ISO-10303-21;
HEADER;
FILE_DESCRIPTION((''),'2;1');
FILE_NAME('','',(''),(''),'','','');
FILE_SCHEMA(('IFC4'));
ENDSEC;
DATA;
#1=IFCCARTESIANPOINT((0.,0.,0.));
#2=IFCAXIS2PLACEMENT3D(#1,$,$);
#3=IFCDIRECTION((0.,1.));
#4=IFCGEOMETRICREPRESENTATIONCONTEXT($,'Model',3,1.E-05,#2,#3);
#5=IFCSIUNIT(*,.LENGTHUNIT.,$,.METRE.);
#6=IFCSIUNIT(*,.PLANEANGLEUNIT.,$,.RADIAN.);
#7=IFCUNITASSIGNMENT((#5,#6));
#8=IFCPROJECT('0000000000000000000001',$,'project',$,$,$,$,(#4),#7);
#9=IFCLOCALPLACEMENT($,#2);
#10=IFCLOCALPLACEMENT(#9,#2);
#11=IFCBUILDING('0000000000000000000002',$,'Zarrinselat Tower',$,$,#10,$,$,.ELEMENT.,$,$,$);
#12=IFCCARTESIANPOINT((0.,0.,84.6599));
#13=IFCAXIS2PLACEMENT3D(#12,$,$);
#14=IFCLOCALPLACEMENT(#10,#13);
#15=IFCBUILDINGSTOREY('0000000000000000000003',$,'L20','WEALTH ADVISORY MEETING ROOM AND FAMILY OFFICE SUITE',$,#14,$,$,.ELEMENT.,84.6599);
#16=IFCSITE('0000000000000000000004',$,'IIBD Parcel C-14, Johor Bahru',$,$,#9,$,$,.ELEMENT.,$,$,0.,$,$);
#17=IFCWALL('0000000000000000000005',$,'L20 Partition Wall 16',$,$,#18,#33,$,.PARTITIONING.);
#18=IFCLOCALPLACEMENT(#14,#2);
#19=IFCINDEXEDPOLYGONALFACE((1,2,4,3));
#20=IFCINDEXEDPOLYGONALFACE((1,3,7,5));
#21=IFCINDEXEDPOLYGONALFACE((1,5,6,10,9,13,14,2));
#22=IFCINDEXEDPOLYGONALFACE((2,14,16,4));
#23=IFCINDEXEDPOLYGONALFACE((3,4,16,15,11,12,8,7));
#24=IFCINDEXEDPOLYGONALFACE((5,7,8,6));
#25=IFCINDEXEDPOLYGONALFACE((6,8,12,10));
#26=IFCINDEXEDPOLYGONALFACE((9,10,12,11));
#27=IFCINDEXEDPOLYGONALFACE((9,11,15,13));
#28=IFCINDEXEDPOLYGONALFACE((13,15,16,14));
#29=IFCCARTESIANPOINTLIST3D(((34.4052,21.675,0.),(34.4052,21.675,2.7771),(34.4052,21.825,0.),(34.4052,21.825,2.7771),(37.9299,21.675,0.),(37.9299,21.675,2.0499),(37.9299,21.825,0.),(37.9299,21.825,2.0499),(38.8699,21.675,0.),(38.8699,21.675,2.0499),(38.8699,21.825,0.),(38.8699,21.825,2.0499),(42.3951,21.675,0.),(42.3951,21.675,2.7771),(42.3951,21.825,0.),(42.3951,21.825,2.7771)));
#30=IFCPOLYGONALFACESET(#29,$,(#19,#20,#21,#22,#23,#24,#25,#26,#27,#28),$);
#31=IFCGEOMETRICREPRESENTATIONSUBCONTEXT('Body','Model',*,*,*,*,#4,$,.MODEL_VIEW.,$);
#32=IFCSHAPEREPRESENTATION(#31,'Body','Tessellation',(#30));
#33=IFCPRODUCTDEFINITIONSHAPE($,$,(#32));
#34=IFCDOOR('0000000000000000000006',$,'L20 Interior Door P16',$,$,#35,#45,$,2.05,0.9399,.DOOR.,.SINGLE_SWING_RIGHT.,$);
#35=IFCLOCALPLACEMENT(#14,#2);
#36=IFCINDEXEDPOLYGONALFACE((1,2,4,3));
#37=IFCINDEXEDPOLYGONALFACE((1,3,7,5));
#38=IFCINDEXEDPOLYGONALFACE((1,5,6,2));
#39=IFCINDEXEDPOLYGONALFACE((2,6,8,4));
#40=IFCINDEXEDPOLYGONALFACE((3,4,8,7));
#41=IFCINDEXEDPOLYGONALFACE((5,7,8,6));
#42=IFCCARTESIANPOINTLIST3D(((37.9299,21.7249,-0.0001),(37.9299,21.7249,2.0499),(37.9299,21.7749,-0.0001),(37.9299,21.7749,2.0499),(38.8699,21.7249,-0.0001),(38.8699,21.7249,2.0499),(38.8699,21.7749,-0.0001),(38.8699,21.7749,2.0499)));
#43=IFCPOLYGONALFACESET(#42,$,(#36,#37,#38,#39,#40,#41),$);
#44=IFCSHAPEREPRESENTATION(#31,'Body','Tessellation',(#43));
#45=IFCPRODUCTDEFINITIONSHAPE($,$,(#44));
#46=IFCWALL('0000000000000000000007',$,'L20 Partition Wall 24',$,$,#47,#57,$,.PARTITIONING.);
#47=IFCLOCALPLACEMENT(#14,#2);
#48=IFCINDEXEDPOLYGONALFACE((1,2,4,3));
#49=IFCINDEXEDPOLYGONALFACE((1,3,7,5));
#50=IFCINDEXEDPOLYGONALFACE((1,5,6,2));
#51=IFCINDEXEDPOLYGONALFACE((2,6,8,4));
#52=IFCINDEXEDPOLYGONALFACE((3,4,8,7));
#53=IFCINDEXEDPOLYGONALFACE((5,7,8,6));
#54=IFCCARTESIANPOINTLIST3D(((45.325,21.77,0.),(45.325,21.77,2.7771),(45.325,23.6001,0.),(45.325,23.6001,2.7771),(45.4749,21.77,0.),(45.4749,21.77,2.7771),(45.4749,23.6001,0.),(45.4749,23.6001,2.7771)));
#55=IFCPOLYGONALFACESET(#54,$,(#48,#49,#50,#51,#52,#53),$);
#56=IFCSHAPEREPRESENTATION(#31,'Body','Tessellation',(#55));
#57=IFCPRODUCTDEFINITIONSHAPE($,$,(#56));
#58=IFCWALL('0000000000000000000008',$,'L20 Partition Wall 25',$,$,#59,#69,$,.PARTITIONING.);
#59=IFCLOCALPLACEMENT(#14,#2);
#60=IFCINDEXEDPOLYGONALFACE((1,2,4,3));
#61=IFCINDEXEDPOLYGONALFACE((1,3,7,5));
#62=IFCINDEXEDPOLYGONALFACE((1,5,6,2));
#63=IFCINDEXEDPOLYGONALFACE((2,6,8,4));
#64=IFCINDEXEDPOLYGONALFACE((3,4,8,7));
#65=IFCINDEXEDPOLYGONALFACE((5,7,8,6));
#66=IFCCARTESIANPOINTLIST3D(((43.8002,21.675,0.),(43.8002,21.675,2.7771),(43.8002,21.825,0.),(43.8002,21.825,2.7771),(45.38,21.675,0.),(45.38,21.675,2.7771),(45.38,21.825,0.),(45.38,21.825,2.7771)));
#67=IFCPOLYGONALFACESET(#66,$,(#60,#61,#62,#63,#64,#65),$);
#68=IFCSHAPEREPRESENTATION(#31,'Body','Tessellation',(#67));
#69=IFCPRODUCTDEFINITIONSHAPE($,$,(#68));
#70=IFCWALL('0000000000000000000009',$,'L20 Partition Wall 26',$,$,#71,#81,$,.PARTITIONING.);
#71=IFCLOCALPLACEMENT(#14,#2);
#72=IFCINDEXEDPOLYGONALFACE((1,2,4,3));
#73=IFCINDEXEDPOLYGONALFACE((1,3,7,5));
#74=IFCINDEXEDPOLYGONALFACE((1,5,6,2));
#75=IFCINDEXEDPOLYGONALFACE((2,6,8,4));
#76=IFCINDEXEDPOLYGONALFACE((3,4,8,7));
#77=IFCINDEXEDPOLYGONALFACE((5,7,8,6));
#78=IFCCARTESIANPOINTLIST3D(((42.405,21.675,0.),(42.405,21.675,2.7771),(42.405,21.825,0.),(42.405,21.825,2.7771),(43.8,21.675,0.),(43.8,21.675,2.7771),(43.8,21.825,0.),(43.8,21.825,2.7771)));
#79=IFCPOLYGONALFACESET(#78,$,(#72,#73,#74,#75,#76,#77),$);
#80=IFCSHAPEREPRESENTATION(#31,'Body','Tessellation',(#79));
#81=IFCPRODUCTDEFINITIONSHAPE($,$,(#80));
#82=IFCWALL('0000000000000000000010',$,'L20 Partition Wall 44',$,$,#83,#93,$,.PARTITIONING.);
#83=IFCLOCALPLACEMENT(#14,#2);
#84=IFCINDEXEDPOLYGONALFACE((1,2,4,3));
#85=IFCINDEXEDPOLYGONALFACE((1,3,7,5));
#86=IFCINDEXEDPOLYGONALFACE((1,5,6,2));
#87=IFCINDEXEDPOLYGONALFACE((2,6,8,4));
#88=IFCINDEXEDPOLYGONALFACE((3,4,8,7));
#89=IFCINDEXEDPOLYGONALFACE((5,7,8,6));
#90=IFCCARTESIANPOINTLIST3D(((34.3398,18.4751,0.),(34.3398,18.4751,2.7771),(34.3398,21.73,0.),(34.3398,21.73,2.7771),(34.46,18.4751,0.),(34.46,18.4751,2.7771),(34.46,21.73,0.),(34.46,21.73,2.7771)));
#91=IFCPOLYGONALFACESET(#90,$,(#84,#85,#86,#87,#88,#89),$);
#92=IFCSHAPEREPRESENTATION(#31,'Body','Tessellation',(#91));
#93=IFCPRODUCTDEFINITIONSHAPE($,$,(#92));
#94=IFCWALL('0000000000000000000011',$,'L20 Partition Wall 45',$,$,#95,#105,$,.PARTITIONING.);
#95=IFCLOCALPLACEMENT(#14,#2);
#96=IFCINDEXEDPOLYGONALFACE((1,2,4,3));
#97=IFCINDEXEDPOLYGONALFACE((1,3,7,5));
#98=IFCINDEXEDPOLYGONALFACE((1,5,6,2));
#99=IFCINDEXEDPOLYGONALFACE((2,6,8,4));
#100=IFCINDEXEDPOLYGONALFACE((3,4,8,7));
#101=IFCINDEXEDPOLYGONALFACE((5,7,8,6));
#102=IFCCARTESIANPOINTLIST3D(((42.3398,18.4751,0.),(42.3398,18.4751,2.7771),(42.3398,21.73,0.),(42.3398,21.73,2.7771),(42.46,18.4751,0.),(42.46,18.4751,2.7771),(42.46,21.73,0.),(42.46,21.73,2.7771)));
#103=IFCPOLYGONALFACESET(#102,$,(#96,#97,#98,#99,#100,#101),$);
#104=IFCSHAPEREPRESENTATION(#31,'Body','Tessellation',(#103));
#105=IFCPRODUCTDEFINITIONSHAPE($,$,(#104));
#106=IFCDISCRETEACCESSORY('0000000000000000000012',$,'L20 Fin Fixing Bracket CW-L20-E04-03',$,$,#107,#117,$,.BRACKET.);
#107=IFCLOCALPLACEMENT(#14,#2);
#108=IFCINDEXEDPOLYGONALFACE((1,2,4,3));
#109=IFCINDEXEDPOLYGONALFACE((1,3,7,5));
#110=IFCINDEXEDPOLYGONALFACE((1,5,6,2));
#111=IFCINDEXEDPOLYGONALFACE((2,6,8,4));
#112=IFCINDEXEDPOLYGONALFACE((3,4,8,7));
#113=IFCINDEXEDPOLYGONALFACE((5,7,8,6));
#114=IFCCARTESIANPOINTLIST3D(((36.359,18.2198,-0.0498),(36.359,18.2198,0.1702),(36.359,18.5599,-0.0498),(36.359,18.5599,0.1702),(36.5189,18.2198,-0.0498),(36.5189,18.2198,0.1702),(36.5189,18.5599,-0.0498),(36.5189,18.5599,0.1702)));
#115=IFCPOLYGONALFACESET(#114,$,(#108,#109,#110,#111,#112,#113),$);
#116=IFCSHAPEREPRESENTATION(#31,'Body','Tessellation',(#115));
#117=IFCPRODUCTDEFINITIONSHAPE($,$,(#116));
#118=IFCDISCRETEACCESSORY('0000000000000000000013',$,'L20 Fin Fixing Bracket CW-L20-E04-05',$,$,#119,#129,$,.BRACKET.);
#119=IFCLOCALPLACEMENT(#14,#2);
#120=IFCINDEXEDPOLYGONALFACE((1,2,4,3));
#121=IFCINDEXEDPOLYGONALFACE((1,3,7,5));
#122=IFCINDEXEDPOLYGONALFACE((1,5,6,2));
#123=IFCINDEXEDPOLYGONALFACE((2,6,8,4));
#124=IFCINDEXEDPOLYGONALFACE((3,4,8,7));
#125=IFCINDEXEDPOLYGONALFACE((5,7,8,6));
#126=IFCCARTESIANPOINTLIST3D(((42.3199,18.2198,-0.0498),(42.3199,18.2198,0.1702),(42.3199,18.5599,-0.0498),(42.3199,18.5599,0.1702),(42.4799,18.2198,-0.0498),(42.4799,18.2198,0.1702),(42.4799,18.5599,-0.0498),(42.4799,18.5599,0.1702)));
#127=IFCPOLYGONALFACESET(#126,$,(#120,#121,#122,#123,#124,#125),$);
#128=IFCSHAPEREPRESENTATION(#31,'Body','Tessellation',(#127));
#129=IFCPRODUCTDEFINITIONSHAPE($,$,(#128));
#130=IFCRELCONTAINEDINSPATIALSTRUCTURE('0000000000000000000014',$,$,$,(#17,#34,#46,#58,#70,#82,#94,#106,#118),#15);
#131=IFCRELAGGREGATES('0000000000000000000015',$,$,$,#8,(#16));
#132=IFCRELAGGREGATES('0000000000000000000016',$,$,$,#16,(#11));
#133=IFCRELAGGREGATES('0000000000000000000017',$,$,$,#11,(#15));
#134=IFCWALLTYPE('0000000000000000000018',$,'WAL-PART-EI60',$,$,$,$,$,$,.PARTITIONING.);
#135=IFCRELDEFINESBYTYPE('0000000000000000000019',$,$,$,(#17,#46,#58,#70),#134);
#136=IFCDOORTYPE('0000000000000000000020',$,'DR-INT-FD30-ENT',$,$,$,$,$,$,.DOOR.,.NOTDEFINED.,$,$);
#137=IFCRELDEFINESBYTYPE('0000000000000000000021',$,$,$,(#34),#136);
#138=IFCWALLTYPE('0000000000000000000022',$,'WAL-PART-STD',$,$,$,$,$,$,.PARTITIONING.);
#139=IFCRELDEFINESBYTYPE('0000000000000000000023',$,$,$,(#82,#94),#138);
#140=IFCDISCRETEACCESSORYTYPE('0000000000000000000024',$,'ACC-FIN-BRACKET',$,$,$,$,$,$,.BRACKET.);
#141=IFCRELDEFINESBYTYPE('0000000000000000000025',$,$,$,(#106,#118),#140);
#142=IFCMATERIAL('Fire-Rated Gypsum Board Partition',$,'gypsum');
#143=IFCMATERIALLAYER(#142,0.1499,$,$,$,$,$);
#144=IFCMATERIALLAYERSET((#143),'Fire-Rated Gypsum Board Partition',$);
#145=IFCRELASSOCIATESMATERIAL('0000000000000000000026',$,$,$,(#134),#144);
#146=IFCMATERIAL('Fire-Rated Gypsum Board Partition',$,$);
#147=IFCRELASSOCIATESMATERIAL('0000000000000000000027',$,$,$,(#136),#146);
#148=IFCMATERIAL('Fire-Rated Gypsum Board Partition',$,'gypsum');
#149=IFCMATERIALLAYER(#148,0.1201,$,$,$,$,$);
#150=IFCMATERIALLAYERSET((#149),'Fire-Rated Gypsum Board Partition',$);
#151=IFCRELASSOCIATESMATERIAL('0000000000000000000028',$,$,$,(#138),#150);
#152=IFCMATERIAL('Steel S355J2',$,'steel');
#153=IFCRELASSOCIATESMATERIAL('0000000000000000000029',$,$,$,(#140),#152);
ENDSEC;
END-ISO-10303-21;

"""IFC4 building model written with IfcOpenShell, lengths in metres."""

from ifc_helpers import new_model, si_unit, direction, frame, frame_2d, origin, origin_2d, place, context, subcontext, project, spatial, rectangle, extrude, material, layer, layer_set, type_object, element, fill, save


model = new_model("IFC4")

# Units and contexts
model_context = context("Model", 3, precision=1e-05, world=origin(), true_north=direction((0.0, 1.0)))
body_context = subcontext(model_context, "Body", "Model", "MODEL_VIEW")
ifc_project = project(units=[si_unit("LENGTHUNIT", "METRE"), si_unit("PLANEANGLEUNIT", "RADIAN")], contexts=[model_context])

# Site, building, storey
site_placement = place(None, origin())
site = spatial("IfcSite", under=ifc_project, at=site_placement, Name="IIBD Parcel C-14, Johor Bahru", CompositionType="ELEMENT", RefElevation=0.0)
building_placement = place(site_placement, origin())
building = spatial("IfcBuilding", under=site, at=building_placement, Name="Zarrinselat Tower", CompositionType="ELEMENT")
storey_placement = place(building_placement, frame((0.0, 0.0, 84.6599)))
storey = spatial("IfcBuildingStorey", under=building, at=storey_placement, Name="L20", Description="WEALTH ADVISORY MEETING ROOM AND FAMILY OFFICE SUITE", CompositionType="ELEMENT", Elevation=84.6599)

# Wall, opening, door
ifc_material_1 = material(Name="Fire-Rated Gypsum Board Partition", Category="gypsum")
ifc_layer_1 = layer(ifc_material_1, 0.1499)
ifc_layer_set_1 = layer_set([ifc_layer_1], Name="Fire-Rated Gypsum Board Partition")
wall_type_1 = type_object("IfcWallType", Name="WAL-PART-EI60", PredefinedType="PARTITIONING", material=ifc_layer_set_1)
wall_1_placement = place(storey_placement, frame((34.405, 21.75, 0.0), z_axis=(0.0, 0.0, 1.0), x_axis=(1.0, 0.0, 0.0)))
wall_1 = element("IfcWall", 1, at=wall_1_placement, inside=storey, type_object=wall_type_1, Name="L20 Partition Wall 16", PredefinedType="PARTITIONING", context=body_context, shape_type="SweptSolid", body=[
    extrude(rectangle(XDim=7.99, YDim=0.1499, at=frame_2d((3.9951, 0.0))), origin(), (0.0, 0.0, 1.0), 2.7771),
])
opening_placement = place(wall_1_placement, frame((3.5249, 0.0, 0.0)))
opening = element("IfcOpeningElement", 2, at=opening_placement, cuts=wall_1, PredefinedType="OPENING", context=body_context, shape_type="SweptSolid", body=[
    extrude(rectangle(XDim=0.9399, YDim=2.05, at=frame_2d((0.47, 1.0249))), frame((0.0, 0.085, 0.0), z_axis=(0.0, -1.0, 0.0), x_axis=(1.0, 0.0, 0.0)), (0.0, 0.0, 1.0), 0.1699),
])
ifc_material_2 = material(Name="Fire-Rated Gypsum Board Partition")
door_type = type_object("IfcDoorType", Name="DR-INT-FD30-ENT", OperationType="NOTDEFINED", PredefinedType="DOOR", material=ifc_material_2)
door_placement = place(opening_placement, origin())
door = element("IfcDoor", 3, at=door_placement, inside=storey, type_object=door_type, Name="L20 Interior Door P16", OperationType="SINGLE_SWING_RIGHT", OverallHeight=2.05, OverallWidth=0.9399, PredefinedType="DOOR", context=body_context, shape_type="SweptSolid", body=[
    extrude(rectangle(XDim=0.9399, YDim=2.05, at=frame_2d((0.47, 1.0249))), frame((0.0, 0.0249, 0.0), z_axis=(0.0, -1.0, 0.0), x_axis=(1.0, 0.0, 0.0)), (0.0, 0.0, 1.0), 0.05),
])
fill(opening, door)

# Walls
wall_2_placement = place(storey_placement, frame((45.3999, 21.77, 0.0), z_axis=(0.0, 0.0, 1.0), x_axis=(0.0, 1.0, 0.0)))
element("IfcWall", 4, at=wall_2_placement, inside=storey, type_object=wall_type_1, Name="L20 Partition Wall 24", PredefinedType="PARTITIONING", context=body_context, shape_type="SweptSolid", body=[
    extrude(rectangle(XDim=1.8301, YDim=0.1499, at=frame_2d((0.915, 0.0))), origin(), (0.0, 0.0, 1.0), 2.7771),
])
wall_3_placement = place(storey_placement, frame((43.8, 21.75, 0.0), z_axis=(0.0, 0.0, 1.0), x_axis=(1.0, 0.0, 0.0)))
element("IfcWall", 5, at=wall_3_placement, inside=storey, type_object=wall_type_1, Name="L20 Partition Wall 25", PredefinedType="PARTITIONING", context=body_context, shape_type="SweptSolid", body=[
    extrude(rectangle(XDim=1.5798, YDim=0.1499, at=frame_2d((0.79, 0.0))), origin(), (0.0, 0.0, 1.0), 2.7771),
])
wall_4_placement = place(storey_placement, frame((42.405, 21.75, 0.0), z_axis=(0.0, 0.0, 1.0), x_axis=(1.0, 0.0, 0.0)))
element("IfcWall", 6, at=wall_4_placement, inside=storey, type_object=wall_type_1, Name="L20 Partition Wall 26", PredefinedType="PARTITIONING", context=body_context, shape_type="SweptSolid", body=[
    extrude(rectangle(XDim=1.395, YDim=0.1499, at=frame_2d((0.6975, 0.0))), origin(), (0.0, 0.0, 1.0), 2.7771),
])
ifc_material_3 = material(Name="Fire-Rated Gypsum Board Partition", Category="gypsum")
ifc_layer_2 = layer(ifc_material_3, 0.1201)
ifc_layer_set_2 = layer_set([ifc_layer_2], Name="Fire-Rated Gypsum Board Partition")
wall_type_2 = type_object("IfcWallType", Name="WAL-PART-STD", PredefinedType="PARTITIONING", material=ifc_layer_set_2)
for number, where, z_axis, x_axis, name in (
    (7, (34.3999, 18.4751, 0.0), (0.0, 0.0, 1.0), (0.0, 1.0, 0.0), "L20 Partition Wall 44"),
    (8, (42.3999, 18.4751, 0.0), (0.0, 0.0, 1.0), (0.0, 1.0, 0.0), "L20 Partition Wall 45"),
):
    element("IfcWall", number, at=place(storey_placement, frame(where, z_axis=z_axis, x_axis=x_axis)), inside=storey, type_object=wall_type_2, Name=name, PredefinedType="PARTITIONING", context=body_context, shape_type="SweptSolid", body=[
        extrude(rectangle(XDim=3.2549, YDim=0.1201, at=frame_2d((1.6274, 0.0))), origin(), (0.0, 0.0, 1.0), 2.7771),
    ])

# Discrete accessories
ifc_material_4 = material(Name="Steel S355J2", Category="steel")
discrete_accessory_type = type_object("IfcDiscreteAccessoryType", Name="ACC-FIN-BRACKET", PredefinedType="BRACKET", material=ifc_material_4)
for number, where, z_axis, x_axis, name in (
    (9, (36.439, 18.3899, -0.0498), (0.0, 0.0, 1.0), (0.0, -1.0, 0.0), "L20 Fin Fixing Bracket CW-L20-E04-03"),
    (10, (42.3999, 18.3899, -0.0498), (0.0, 0.0, 1.0), (0.0, -1.0, 0.0), "L20 Fin Fixing Bracket CW-L20-E04-05"),
):
    element("IfcDiscreteAccessory", number, at=place(storey_placement, frame(where, z_axis=z_axis, x_axis=x_axis)), inside=storey, type_object=discrete_accessory_type, Name=name, PredefinedType="BRACKET", context=body_context, shape_type="SweptSolid", body=[
        extrude(rectangle(XDim=0.3401, YDim=0.1599, at=origin_2d()), origin(), (0.0, 0.0, 1.0), 0.22),
    ])

save(model, "model.ifc")
